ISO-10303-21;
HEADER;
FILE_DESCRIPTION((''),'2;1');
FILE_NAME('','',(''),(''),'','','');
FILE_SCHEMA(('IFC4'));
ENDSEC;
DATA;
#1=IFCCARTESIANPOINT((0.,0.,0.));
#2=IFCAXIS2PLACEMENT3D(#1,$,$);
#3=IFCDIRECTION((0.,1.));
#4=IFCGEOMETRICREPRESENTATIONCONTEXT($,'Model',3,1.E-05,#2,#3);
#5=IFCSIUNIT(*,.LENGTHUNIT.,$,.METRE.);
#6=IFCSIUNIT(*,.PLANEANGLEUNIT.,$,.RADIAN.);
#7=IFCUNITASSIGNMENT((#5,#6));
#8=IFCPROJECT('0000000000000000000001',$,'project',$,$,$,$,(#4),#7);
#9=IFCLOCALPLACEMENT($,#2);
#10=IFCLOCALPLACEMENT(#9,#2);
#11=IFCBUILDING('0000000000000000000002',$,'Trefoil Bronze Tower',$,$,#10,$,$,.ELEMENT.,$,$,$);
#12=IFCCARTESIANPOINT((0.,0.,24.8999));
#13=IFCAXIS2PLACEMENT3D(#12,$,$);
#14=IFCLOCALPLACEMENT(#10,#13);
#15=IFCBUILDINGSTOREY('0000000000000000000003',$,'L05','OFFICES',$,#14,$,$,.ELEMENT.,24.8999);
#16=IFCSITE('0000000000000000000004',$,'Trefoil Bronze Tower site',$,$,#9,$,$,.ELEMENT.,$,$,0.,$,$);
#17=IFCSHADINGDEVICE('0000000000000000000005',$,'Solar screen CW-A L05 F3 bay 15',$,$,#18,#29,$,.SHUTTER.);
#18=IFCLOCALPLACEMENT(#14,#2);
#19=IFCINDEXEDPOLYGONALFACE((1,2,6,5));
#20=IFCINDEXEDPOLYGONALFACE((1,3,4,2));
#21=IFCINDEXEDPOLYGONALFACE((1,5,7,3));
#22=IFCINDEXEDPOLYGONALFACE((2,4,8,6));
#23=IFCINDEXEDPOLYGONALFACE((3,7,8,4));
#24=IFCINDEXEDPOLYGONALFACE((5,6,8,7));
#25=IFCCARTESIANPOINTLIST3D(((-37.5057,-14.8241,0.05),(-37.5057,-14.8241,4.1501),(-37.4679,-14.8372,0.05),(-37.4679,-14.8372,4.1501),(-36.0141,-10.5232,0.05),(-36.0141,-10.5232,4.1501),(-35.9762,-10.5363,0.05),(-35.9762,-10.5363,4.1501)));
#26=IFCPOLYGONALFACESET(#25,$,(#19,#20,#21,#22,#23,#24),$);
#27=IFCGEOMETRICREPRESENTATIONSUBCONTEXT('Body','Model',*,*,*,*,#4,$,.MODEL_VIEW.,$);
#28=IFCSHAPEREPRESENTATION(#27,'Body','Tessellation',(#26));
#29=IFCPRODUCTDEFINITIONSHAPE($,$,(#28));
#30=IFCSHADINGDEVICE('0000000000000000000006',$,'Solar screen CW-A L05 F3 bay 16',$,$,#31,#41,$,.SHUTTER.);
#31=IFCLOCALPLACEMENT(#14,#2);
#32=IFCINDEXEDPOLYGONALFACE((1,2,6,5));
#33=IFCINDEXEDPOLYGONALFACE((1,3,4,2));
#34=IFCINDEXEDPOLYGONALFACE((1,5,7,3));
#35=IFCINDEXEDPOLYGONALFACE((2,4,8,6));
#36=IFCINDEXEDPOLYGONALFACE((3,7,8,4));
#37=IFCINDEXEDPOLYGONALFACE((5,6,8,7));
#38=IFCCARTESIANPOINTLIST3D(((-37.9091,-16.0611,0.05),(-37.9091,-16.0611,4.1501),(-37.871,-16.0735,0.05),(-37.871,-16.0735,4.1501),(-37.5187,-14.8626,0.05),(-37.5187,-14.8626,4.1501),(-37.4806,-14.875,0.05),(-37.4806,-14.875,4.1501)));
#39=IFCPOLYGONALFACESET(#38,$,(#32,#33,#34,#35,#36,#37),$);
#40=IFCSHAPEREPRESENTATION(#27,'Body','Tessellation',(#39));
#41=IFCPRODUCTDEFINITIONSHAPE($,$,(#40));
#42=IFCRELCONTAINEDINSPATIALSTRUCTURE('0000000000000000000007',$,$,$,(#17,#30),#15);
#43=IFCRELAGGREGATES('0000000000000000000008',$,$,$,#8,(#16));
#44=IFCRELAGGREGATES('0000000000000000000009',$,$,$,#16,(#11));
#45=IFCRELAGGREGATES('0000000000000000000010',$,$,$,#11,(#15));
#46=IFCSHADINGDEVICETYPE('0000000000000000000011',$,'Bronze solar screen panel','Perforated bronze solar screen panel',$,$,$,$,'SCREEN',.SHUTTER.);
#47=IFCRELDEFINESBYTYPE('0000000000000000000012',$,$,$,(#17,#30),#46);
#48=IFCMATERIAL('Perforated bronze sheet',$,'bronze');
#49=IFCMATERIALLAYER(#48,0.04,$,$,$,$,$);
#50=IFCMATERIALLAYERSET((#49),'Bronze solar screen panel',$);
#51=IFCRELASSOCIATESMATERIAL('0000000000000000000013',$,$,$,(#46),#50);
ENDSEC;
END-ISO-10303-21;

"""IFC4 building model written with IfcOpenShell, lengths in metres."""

from ifc_helpers import new_model, si_unit, direction, frame, origin, origin_2d, place, context, subcontext, project, spatial, rectangle, extrude, material, layer, layer_set, type_object, element, save


model = new_model("IFC4")

# Units and contexts
model_context = context("Model", 3, precision=1e-05, world=origin(), true_north=direction((0.0, 1.0)))
body_context = subcontext(model_context, "Body", "Model", "MODEL_VIEW")
ifc_project = project(units=[si_unit("LENGTHUNIT", "METRE"), si_unit("PLANEANGLEUNIT", "RADIAN")], contexts=[model_context])

# Site, building, storey
site_placement = place(None, origin())
site = spatial("IfcSite", under=ifc_project, at=site_placement, Name="Trefoil Bronze Tower site", CompositionType="ELEMENT", RefElevation=0.0)
building_placement = place(site_placement, origin())
building = spatial("IfcBuilding", under=site, at=building_placement, Name="Trefoil Bronze Tower", CompositionType="ELEMENT")
storey_placement = place(building_placement, frame((0.0, 0.0, 24.8999)))
storey = spatial("IfcBuildingStorey", under=building, at=storey_placement, Name="L05", Description="OFFICES", CompositionType="ELEMENT", Elevation=24.8999)

# Shading devices
ifc_material_1 = material(Name="Perforated bronze sheet", Category="bronze")
ifc_layer_1 = layer(ifc_material_1, 0.04)
ifc_layer_set_1 = layer_set([ifc_layer_1], Name="Bronze solar screen panel")
shading_device_type = type_object("IfcShadingDeviceType", Name="Bronze solar screen panel", Description="Perforated bronze solar screen panel", ElementType="SCREEN", PredefinedType="SHUTTER", material=ifc_layer_set_1)
shading_device_1_placement = place(storey_placement, frame((-36.741, -12.6802, 0.05), z_axis=(0.0, 0.0, 1.0), x_axis=(-0.327674, -0.944791, 0.0)))
element("IfcShadingDevice", 1, at=shading_device_1_placement, inside=storey, type_object=shading_device_type, Name="Solar screen CW-A L05 F3 bay 15", PredefinedType="SHUTTER", context=body_context, shape_type="SweptSolid", body=[
    extrude(rectangle(XDim=4.5522, YDim=0.04, at=origin_2d()), origin(), (0.0, 0.0, 1.0), 4.1001),
])
shading_device_2_placement = place(storey_placement, frame((-37.6948, -15.468, 0.05), z_axis=(0.0, 0.0, 1.0), x_axis=(-0.309728, -0.950825, 0.0)))
element("IfcShadingDevice", 2, at=shading_device_2_placement, inside=storey, type_object=shading_device_type, Name="Solar screen CW-A L05 F3 bay 16", PredefinedType="SHUTTER", context=body_context, shape_type="SweptSolid", body=[
    extrude(rectangle(XDim=1.2605, YDim=0.04, at=origin_2d()), origin(), (0.0, 0.0, 1.0), 4.1001),
])

save(model, "model.ifc")
